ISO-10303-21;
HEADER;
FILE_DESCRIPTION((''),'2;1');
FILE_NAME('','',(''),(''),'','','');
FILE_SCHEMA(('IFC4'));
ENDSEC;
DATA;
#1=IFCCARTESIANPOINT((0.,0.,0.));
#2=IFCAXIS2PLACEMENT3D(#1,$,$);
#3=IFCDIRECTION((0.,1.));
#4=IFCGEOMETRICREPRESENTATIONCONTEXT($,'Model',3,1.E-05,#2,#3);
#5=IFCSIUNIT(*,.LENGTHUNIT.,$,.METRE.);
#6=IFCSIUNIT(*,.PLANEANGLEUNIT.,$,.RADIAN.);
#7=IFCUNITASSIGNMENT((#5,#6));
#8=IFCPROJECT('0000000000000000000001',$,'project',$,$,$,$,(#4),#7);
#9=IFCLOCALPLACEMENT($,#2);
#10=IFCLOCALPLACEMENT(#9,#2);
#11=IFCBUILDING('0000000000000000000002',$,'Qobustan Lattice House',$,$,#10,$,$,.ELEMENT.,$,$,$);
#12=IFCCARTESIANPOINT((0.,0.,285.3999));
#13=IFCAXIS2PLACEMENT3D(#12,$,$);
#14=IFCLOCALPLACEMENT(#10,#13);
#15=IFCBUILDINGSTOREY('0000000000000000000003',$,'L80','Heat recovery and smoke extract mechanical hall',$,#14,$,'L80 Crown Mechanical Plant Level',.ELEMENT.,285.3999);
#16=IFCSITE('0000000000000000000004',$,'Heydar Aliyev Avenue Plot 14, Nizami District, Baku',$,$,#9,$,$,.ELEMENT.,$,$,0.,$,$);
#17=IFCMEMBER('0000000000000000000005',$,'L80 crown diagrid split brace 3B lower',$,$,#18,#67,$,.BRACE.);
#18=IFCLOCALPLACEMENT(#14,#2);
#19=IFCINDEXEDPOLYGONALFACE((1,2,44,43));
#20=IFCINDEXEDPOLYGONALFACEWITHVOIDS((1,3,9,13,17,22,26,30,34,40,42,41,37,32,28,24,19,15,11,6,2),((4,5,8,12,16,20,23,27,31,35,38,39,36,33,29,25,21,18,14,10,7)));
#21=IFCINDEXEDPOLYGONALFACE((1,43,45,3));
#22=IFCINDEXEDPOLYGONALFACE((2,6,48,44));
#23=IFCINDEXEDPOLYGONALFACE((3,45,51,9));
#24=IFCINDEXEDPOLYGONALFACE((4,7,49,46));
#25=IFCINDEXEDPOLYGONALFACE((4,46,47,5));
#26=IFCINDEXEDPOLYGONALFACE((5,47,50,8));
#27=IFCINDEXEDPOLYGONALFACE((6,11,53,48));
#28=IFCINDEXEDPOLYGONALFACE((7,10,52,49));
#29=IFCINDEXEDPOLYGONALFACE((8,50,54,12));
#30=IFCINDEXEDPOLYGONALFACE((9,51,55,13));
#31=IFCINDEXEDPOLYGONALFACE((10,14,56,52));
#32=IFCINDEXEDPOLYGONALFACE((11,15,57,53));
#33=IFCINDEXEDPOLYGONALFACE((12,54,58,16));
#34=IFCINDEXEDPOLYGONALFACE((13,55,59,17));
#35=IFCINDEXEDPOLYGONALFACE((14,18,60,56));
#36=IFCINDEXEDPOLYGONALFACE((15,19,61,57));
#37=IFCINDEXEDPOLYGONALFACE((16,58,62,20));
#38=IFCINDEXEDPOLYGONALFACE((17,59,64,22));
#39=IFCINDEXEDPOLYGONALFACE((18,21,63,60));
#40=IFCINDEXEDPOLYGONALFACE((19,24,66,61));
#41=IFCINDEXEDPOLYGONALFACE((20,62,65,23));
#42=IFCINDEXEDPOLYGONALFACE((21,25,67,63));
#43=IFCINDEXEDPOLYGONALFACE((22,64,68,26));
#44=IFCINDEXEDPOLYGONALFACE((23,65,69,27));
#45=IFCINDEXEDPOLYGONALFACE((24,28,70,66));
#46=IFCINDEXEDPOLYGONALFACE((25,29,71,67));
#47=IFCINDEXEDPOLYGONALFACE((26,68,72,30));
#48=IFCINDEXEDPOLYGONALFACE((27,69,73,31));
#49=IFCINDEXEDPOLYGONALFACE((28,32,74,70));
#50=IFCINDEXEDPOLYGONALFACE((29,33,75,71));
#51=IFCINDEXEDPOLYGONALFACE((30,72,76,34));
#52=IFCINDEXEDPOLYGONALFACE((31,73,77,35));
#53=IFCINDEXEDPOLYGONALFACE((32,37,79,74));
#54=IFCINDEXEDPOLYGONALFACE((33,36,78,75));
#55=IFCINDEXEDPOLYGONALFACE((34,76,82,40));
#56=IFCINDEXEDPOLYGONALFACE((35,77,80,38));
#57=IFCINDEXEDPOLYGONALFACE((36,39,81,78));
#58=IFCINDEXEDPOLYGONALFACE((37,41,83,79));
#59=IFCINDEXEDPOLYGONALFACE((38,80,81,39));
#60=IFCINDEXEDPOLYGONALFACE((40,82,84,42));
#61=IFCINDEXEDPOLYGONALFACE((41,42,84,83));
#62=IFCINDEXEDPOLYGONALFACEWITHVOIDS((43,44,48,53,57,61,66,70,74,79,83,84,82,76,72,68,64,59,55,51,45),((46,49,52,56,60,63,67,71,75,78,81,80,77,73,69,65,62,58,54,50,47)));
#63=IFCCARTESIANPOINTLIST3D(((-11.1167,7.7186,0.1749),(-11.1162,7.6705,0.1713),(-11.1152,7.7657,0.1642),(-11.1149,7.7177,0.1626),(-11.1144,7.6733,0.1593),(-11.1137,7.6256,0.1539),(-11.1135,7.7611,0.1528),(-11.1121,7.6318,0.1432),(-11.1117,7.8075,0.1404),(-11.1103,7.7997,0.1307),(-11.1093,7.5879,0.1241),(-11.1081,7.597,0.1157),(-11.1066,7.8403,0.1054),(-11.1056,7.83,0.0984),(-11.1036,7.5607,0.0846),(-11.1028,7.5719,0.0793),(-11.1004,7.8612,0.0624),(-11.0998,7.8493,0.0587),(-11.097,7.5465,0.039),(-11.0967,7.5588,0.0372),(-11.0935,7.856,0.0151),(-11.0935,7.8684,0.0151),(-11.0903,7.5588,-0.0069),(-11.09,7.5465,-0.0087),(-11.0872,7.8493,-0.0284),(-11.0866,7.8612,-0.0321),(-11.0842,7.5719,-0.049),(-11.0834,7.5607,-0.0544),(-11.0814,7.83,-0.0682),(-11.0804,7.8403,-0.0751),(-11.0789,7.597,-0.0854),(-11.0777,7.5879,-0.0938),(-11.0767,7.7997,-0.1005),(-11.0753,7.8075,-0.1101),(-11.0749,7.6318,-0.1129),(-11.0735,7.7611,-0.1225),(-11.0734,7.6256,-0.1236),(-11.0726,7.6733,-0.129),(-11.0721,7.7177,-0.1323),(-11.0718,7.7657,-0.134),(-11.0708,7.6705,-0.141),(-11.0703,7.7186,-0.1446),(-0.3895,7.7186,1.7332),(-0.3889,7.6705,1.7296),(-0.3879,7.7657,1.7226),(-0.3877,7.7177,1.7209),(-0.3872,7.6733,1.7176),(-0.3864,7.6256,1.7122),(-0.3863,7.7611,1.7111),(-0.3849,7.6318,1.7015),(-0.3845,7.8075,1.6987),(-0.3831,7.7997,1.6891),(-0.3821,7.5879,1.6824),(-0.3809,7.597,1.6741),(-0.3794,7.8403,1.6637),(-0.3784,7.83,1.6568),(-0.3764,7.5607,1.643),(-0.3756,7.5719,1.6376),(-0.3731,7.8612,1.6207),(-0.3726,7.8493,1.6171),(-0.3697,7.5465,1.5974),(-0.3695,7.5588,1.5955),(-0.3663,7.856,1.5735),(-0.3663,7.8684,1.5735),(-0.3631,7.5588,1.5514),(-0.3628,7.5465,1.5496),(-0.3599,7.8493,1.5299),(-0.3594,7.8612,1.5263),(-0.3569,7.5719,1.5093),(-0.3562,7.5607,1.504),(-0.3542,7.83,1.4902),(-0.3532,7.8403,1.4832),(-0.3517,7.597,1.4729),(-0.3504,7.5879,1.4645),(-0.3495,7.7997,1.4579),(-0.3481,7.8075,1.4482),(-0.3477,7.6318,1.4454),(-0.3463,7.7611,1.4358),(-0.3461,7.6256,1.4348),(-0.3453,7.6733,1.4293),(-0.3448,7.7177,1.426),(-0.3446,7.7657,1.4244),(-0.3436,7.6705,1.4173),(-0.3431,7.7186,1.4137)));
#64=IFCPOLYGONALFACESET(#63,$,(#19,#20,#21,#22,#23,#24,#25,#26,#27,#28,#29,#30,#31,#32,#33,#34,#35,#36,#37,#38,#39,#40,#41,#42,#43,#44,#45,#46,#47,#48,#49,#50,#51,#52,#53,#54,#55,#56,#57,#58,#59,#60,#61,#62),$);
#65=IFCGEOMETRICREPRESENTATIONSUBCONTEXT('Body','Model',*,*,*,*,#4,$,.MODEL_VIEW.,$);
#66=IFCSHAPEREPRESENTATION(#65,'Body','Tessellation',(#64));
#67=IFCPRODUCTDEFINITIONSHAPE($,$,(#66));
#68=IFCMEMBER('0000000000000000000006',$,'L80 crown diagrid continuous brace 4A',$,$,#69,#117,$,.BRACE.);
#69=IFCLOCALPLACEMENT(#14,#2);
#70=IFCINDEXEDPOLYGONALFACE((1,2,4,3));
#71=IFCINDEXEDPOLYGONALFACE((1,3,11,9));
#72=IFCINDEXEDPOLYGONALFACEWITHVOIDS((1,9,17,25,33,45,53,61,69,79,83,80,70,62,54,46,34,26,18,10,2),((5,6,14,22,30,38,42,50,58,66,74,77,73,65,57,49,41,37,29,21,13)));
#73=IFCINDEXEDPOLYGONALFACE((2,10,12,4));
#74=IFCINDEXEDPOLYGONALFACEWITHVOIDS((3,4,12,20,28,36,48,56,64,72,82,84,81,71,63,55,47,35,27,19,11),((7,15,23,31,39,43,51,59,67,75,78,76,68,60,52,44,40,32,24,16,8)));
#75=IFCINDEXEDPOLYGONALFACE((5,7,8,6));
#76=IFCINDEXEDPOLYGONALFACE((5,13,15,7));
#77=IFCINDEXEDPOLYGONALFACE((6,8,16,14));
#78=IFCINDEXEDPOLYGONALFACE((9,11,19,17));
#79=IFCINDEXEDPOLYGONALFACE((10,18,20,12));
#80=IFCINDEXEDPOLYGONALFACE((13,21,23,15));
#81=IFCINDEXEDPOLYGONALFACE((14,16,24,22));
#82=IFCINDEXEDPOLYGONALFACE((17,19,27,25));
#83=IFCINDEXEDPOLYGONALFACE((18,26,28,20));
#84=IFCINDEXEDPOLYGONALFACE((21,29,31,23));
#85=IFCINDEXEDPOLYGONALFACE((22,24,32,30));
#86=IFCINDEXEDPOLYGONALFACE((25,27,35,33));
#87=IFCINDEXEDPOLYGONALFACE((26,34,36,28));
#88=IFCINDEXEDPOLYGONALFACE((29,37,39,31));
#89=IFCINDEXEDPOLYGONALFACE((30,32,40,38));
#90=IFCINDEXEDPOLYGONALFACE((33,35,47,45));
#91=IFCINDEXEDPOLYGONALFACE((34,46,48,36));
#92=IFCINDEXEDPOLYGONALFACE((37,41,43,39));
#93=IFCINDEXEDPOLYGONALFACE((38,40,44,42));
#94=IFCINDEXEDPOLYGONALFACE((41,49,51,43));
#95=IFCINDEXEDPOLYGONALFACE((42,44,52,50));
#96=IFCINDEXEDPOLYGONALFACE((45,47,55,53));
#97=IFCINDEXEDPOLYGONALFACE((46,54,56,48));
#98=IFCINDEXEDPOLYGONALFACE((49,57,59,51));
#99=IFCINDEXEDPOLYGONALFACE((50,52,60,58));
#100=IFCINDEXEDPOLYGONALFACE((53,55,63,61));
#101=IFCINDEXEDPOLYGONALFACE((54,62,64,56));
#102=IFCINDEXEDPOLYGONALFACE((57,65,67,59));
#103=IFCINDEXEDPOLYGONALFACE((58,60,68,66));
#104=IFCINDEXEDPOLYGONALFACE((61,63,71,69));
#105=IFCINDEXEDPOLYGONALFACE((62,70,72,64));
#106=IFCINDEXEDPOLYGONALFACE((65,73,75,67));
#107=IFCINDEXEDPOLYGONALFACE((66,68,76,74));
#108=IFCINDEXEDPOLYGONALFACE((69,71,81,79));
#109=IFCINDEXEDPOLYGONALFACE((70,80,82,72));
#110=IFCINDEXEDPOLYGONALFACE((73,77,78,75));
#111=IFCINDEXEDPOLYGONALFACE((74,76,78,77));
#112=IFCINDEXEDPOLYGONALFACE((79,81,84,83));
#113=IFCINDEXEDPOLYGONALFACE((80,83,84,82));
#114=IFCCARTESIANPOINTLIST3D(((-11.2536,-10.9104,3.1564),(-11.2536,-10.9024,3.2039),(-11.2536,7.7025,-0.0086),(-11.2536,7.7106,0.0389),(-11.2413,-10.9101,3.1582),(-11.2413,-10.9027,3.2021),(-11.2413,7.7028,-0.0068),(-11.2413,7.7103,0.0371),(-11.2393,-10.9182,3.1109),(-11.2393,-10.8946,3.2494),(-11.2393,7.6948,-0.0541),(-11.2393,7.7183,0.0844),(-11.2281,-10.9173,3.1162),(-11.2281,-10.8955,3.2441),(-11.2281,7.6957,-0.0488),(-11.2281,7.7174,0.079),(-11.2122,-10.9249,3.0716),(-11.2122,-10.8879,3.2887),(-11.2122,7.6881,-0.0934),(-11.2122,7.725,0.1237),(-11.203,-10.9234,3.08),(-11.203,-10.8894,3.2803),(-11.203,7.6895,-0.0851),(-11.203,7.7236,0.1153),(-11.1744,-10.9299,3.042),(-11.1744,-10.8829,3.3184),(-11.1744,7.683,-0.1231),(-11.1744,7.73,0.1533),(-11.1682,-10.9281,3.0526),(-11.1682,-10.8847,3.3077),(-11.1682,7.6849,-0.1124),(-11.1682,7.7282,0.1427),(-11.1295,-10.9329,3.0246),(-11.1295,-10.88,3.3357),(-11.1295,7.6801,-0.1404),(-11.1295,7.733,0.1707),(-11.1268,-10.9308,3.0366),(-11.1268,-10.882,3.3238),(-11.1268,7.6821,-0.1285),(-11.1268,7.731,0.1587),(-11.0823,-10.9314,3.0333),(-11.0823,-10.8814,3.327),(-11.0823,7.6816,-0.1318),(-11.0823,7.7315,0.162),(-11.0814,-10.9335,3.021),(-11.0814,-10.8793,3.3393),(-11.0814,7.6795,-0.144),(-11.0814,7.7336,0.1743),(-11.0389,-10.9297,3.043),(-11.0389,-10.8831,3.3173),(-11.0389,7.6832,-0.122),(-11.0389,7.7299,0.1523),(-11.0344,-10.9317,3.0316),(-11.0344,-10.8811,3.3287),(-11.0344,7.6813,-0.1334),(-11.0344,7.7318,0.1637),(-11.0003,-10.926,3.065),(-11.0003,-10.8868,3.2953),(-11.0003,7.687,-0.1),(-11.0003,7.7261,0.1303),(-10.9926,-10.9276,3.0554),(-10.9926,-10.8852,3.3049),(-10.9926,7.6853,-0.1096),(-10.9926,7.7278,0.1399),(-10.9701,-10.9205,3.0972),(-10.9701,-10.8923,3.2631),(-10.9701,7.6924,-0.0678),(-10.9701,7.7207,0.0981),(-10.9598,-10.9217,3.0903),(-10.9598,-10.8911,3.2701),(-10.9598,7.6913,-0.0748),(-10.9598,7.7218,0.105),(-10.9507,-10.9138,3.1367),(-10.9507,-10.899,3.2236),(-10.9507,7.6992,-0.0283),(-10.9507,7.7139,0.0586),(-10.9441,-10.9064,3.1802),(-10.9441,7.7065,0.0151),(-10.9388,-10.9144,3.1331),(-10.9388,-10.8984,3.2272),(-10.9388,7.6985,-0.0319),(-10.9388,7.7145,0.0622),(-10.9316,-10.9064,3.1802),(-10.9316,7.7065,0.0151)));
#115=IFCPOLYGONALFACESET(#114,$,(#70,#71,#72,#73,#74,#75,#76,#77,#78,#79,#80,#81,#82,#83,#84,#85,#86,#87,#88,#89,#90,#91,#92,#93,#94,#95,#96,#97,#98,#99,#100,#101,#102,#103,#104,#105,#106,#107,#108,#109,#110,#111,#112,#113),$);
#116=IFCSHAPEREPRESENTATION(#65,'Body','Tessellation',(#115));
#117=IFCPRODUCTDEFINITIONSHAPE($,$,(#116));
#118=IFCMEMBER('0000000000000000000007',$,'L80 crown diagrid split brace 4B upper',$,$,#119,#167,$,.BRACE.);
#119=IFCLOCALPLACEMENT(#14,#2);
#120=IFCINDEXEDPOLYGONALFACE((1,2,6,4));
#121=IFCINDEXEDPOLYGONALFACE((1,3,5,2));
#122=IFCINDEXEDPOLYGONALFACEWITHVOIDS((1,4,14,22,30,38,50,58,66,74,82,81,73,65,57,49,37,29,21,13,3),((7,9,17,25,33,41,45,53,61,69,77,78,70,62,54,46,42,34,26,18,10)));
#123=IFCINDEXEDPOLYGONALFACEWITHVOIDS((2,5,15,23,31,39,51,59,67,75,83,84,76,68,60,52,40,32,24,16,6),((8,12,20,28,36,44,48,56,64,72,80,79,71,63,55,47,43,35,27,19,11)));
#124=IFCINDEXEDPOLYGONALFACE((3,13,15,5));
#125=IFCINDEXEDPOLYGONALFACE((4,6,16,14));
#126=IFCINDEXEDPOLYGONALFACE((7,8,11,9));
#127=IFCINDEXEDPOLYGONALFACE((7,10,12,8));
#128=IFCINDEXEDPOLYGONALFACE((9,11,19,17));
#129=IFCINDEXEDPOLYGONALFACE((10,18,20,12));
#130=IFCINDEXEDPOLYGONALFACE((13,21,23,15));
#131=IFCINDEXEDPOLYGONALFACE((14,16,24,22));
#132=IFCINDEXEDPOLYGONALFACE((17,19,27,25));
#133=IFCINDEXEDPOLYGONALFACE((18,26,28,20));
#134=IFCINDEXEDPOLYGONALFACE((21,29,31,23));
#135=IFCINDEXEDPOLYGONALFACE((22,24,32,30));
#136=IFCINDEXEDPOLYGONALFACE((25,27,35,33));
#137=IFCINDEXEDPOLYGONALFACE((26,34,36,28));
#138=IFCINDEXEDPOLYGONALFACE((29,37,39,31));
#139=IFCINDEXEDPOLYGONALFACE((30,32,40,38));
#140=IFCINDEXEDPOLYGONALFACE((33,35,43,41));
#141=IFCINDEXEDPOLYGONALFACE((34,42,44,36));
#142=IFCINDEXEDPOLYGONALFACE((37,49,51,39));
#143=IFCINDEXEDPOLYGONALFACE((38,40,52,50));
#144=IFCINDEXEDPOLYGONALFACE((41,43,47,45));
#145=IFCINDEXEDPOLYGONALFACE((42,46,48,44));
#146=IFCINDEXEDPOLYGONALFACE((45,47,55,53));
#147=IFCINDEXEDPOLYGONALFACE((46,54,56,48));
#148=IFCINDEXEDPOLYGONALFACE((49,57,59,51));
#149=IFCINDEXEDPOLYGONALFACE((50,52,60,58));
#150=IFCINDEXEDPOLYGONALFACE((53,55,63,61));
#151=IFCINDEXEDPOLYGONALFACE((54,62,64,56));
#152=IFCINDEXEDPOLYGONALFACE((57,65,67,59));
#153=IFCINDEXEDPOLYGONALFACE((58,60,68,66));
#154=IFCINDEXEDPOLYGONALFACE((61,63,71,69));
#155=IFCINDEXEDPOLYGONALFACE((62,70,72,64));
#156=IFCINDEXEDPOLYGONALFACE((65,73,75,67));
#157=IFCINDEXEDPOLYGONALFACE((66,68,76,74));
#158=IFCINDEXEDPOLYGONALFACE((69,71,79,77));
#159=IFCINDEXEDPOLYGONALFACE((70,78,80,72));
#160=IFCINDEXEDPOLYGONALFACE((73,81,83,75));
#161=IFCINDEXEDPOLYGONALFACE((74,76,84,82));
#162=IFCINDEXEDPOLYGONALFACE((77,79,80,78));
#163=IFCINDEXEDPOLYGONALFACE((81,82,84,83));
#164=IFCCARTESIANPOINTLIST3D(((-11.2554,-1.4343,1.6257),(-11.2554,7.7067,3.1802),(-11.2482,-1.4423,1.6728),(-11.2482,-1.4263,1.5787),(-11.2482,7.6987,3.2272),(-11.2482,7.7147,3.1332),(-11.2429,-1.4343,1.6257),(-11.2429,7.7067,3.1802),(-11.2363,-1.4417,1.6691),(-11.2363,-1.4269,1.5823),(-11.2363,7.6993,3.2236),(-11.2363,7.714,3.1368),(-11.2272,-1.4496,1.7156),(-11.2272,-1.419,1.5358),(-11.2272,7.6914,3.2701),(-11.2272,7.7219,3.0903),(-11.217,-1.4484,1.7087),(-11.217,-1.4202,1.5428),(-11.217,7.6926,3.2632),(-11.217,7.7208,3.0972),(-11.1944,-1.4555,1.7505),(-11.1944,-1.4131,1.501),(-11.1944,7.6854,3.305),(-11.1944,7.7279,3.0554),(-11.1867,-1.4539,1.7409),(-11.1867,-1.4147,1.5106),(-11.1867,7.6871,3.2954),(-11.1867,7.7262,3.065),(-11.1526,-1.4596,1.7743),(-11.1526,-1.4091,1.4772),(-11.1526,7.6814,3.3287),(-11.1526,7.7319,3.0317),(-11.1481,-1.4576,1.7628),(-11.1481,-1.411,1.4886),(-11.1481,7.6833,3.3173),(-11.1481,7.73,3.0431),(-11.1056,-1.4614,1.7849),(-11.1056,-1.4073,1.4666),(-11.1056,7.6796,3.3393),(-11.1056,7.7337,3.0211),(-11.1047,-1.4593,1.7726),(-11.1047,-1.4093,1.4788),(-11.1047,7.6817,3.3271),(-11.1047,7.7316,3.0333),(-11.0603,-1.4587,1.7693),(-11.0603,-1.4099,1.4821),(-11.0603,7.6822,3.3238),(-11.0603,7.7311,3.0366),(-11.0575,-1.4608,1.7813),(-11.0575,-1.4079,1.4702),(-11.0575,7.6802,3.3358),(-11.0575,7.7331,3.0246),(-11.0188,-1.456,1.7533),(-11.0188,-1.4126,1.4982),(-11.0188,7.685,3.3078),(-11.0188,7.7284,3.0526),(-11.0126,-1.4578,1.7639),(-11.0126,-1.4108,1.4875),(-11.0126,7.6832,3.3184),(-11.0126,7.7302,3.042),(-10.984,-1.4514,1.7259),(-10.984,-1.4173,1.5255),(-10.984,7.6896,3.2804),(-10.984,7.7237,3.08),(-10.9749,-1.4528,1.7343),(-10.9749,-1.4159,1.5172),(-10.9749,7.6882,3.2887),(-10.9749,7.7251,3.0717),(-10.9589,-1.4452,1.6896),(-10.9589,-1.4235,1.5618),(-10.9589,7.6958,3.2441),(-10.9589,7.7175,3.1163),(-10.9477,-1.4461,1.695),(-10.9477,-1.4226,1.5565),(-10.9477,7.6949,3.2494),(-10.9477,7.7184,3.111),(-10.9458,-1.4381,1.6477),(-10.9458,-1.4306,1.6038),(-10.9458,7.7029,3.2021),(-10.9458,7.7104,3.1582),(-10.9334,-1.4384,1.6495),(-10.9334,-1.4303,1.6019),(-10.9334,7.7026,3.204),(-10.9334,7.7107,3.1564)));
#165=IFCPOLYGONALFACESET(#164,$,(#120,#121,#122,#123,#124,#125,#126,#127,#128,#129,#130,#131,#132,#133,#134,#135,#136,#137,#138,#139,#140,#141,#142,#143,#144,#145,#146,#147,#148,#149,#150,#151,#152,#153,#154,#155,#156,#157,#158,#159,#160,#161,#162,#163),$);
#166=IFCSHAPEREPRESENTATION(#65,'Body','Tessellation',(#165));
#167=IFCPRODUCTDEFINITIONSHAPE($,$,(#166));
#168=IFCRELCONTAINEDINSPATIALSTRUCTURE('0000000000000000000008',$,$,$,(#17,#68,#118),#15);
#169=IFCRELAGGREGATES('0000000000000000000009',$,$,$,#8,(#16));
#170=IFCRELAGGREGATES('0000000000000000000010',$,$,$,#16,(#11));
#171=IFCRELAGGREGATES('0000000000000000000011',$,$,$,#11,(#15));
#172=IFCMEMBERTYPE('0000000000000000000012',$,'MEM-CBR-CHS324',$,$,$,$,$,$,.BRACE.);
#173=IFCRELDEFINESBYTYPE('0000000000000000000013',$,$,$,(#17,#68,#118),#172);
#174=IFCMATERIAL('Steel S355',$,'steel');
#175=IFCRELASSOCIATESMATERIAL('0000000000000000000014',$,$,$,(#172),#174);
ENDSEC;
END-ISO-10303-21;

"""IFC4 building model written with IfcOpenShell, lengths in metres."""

from ifc_helpers import new_model, si_unit, direction, frame, origin, origin_2d, place, context, subcontext, project, spatial, hollow_circle, extrude, material, material_profile, profile_set, type_object, element, save


model = new_model("IFC4")

# Units and contexts
model_context = context("Model", 3, precision=1e-05, world=origin(), true_north=direction((0.0, 1.0)))
body_context = subcontext(model_context, "Body", "Model", "MODEL_VIEW")
ifc_project = project(units=[si_unit("LENGTHUNIT", "METRE"), si_unit("PLANEANGLEUNIT", "RADIAN")], contexts=[model_context])

# Site, building, storey
site_placement = place(None, origin())
site = spatial("IfcSite", under=ifc_project, at=site_placement, Name="Heydar Aliyev Avenue Plot 14, Nizami District, Baku", CompositionType="ELEMENT", RefElevation=0.0)
building_placement = place(site_placement, origin())
building = spatial("IfcBuilding", under=site, at=building_placement, Name="Qobustan Lattice House", CompositionType="ELEMENT")
storey_placement = place(building_placement, frame((0.0, 0.0, 285.3999)))
storey = spatial("IfcBuildingStorey", under=building, at=storey_placement, Name="L80", Description="Heat recovery and smoke extract mechanical hall", LongName="L80 Crown Mechanical Plant Level", CompositionType="ELEMENT", Elevation=285.3999)

# Members
ifc_material_1 = material(Name="Steel S355", Category="steel")
ifc_material_profile_1 = material_profile(ifc_material_1, hollow_circle(Radius=0.1619, WallThickness=0.0125, at=origin_2d()), Name="CHS323.9x12.5")
ifc_profile_set_1 = profile_set([ifc_material_profile_1], Name="Steel S355")
member_type_1 = type_object("IfcMemberType", Name="MEM-CBR-CHS324", PredefinedType="BRACE", material=ifc_profile_set_1)
member_1_placement = place(storey_placement, frame((-11.0935, 7.7065, 0.0151), z_axis=(0.989612, 0.0, 0.143761), x_axis=(0.0, 1.0, 0.0)))
element("IfcMember", 1, at=member_1_placement, inside=storey, type_object=member_type_1, Name="L80 crown diagrid split brace 3B lower", PredefinedType="BRACE", context=body_context, shape_type="SweptSolid", body=[
    extrude(hollow_circle(Radius=0.1619, WallThickness=0.0125, at=origin_2d()), origin(), (0.0, 0.0, 1.0), 10.8398),
])
member_2_placement = place(storey_placement, frame((-11.0935, 7.7065, 0.0151), z_axis=(0.0, -0.985849, 0.167638), x_axis=(1.0, 0.0, 0.0)))
element("IfcMember", 2, at=member_2_placement, inside=storey, type_object=member_type_1, Name="L80 crown diagrid continuous brace 4A", PredefinedType="BRACE", context=body_context, shape_type="SweptSolid", body=[
    extrude(hollow_circle(Radius=0.1619, WallThickness=0.0125, at=origin_2d()), origin(), (0.0, 0.0, 1.0), 18.8801),
])
member_3_placement = place(storey_placement, frame((-11.0935, -1.4343, 1.6257), z_axis=(0.0, 0.985847, 0.167647), x_axis=(-1.0, 0.0, 0.0)))
element("IfcMember", 3, at=member_3_placement, inside=storey, type_object=member_type_1, Name="L80 crown diagrid split brace 4B upper", PredefinedType="BRACE", context=body_context, shape_type="SweptSolid", body=[
    extrude(hollow_circle(Radius=0.1619, WallThickness=0.0125, at=origin_2d()), origin(), (0.0, 0.0, 1.0), 9.2722),
])

save(model, "model.ifc")
